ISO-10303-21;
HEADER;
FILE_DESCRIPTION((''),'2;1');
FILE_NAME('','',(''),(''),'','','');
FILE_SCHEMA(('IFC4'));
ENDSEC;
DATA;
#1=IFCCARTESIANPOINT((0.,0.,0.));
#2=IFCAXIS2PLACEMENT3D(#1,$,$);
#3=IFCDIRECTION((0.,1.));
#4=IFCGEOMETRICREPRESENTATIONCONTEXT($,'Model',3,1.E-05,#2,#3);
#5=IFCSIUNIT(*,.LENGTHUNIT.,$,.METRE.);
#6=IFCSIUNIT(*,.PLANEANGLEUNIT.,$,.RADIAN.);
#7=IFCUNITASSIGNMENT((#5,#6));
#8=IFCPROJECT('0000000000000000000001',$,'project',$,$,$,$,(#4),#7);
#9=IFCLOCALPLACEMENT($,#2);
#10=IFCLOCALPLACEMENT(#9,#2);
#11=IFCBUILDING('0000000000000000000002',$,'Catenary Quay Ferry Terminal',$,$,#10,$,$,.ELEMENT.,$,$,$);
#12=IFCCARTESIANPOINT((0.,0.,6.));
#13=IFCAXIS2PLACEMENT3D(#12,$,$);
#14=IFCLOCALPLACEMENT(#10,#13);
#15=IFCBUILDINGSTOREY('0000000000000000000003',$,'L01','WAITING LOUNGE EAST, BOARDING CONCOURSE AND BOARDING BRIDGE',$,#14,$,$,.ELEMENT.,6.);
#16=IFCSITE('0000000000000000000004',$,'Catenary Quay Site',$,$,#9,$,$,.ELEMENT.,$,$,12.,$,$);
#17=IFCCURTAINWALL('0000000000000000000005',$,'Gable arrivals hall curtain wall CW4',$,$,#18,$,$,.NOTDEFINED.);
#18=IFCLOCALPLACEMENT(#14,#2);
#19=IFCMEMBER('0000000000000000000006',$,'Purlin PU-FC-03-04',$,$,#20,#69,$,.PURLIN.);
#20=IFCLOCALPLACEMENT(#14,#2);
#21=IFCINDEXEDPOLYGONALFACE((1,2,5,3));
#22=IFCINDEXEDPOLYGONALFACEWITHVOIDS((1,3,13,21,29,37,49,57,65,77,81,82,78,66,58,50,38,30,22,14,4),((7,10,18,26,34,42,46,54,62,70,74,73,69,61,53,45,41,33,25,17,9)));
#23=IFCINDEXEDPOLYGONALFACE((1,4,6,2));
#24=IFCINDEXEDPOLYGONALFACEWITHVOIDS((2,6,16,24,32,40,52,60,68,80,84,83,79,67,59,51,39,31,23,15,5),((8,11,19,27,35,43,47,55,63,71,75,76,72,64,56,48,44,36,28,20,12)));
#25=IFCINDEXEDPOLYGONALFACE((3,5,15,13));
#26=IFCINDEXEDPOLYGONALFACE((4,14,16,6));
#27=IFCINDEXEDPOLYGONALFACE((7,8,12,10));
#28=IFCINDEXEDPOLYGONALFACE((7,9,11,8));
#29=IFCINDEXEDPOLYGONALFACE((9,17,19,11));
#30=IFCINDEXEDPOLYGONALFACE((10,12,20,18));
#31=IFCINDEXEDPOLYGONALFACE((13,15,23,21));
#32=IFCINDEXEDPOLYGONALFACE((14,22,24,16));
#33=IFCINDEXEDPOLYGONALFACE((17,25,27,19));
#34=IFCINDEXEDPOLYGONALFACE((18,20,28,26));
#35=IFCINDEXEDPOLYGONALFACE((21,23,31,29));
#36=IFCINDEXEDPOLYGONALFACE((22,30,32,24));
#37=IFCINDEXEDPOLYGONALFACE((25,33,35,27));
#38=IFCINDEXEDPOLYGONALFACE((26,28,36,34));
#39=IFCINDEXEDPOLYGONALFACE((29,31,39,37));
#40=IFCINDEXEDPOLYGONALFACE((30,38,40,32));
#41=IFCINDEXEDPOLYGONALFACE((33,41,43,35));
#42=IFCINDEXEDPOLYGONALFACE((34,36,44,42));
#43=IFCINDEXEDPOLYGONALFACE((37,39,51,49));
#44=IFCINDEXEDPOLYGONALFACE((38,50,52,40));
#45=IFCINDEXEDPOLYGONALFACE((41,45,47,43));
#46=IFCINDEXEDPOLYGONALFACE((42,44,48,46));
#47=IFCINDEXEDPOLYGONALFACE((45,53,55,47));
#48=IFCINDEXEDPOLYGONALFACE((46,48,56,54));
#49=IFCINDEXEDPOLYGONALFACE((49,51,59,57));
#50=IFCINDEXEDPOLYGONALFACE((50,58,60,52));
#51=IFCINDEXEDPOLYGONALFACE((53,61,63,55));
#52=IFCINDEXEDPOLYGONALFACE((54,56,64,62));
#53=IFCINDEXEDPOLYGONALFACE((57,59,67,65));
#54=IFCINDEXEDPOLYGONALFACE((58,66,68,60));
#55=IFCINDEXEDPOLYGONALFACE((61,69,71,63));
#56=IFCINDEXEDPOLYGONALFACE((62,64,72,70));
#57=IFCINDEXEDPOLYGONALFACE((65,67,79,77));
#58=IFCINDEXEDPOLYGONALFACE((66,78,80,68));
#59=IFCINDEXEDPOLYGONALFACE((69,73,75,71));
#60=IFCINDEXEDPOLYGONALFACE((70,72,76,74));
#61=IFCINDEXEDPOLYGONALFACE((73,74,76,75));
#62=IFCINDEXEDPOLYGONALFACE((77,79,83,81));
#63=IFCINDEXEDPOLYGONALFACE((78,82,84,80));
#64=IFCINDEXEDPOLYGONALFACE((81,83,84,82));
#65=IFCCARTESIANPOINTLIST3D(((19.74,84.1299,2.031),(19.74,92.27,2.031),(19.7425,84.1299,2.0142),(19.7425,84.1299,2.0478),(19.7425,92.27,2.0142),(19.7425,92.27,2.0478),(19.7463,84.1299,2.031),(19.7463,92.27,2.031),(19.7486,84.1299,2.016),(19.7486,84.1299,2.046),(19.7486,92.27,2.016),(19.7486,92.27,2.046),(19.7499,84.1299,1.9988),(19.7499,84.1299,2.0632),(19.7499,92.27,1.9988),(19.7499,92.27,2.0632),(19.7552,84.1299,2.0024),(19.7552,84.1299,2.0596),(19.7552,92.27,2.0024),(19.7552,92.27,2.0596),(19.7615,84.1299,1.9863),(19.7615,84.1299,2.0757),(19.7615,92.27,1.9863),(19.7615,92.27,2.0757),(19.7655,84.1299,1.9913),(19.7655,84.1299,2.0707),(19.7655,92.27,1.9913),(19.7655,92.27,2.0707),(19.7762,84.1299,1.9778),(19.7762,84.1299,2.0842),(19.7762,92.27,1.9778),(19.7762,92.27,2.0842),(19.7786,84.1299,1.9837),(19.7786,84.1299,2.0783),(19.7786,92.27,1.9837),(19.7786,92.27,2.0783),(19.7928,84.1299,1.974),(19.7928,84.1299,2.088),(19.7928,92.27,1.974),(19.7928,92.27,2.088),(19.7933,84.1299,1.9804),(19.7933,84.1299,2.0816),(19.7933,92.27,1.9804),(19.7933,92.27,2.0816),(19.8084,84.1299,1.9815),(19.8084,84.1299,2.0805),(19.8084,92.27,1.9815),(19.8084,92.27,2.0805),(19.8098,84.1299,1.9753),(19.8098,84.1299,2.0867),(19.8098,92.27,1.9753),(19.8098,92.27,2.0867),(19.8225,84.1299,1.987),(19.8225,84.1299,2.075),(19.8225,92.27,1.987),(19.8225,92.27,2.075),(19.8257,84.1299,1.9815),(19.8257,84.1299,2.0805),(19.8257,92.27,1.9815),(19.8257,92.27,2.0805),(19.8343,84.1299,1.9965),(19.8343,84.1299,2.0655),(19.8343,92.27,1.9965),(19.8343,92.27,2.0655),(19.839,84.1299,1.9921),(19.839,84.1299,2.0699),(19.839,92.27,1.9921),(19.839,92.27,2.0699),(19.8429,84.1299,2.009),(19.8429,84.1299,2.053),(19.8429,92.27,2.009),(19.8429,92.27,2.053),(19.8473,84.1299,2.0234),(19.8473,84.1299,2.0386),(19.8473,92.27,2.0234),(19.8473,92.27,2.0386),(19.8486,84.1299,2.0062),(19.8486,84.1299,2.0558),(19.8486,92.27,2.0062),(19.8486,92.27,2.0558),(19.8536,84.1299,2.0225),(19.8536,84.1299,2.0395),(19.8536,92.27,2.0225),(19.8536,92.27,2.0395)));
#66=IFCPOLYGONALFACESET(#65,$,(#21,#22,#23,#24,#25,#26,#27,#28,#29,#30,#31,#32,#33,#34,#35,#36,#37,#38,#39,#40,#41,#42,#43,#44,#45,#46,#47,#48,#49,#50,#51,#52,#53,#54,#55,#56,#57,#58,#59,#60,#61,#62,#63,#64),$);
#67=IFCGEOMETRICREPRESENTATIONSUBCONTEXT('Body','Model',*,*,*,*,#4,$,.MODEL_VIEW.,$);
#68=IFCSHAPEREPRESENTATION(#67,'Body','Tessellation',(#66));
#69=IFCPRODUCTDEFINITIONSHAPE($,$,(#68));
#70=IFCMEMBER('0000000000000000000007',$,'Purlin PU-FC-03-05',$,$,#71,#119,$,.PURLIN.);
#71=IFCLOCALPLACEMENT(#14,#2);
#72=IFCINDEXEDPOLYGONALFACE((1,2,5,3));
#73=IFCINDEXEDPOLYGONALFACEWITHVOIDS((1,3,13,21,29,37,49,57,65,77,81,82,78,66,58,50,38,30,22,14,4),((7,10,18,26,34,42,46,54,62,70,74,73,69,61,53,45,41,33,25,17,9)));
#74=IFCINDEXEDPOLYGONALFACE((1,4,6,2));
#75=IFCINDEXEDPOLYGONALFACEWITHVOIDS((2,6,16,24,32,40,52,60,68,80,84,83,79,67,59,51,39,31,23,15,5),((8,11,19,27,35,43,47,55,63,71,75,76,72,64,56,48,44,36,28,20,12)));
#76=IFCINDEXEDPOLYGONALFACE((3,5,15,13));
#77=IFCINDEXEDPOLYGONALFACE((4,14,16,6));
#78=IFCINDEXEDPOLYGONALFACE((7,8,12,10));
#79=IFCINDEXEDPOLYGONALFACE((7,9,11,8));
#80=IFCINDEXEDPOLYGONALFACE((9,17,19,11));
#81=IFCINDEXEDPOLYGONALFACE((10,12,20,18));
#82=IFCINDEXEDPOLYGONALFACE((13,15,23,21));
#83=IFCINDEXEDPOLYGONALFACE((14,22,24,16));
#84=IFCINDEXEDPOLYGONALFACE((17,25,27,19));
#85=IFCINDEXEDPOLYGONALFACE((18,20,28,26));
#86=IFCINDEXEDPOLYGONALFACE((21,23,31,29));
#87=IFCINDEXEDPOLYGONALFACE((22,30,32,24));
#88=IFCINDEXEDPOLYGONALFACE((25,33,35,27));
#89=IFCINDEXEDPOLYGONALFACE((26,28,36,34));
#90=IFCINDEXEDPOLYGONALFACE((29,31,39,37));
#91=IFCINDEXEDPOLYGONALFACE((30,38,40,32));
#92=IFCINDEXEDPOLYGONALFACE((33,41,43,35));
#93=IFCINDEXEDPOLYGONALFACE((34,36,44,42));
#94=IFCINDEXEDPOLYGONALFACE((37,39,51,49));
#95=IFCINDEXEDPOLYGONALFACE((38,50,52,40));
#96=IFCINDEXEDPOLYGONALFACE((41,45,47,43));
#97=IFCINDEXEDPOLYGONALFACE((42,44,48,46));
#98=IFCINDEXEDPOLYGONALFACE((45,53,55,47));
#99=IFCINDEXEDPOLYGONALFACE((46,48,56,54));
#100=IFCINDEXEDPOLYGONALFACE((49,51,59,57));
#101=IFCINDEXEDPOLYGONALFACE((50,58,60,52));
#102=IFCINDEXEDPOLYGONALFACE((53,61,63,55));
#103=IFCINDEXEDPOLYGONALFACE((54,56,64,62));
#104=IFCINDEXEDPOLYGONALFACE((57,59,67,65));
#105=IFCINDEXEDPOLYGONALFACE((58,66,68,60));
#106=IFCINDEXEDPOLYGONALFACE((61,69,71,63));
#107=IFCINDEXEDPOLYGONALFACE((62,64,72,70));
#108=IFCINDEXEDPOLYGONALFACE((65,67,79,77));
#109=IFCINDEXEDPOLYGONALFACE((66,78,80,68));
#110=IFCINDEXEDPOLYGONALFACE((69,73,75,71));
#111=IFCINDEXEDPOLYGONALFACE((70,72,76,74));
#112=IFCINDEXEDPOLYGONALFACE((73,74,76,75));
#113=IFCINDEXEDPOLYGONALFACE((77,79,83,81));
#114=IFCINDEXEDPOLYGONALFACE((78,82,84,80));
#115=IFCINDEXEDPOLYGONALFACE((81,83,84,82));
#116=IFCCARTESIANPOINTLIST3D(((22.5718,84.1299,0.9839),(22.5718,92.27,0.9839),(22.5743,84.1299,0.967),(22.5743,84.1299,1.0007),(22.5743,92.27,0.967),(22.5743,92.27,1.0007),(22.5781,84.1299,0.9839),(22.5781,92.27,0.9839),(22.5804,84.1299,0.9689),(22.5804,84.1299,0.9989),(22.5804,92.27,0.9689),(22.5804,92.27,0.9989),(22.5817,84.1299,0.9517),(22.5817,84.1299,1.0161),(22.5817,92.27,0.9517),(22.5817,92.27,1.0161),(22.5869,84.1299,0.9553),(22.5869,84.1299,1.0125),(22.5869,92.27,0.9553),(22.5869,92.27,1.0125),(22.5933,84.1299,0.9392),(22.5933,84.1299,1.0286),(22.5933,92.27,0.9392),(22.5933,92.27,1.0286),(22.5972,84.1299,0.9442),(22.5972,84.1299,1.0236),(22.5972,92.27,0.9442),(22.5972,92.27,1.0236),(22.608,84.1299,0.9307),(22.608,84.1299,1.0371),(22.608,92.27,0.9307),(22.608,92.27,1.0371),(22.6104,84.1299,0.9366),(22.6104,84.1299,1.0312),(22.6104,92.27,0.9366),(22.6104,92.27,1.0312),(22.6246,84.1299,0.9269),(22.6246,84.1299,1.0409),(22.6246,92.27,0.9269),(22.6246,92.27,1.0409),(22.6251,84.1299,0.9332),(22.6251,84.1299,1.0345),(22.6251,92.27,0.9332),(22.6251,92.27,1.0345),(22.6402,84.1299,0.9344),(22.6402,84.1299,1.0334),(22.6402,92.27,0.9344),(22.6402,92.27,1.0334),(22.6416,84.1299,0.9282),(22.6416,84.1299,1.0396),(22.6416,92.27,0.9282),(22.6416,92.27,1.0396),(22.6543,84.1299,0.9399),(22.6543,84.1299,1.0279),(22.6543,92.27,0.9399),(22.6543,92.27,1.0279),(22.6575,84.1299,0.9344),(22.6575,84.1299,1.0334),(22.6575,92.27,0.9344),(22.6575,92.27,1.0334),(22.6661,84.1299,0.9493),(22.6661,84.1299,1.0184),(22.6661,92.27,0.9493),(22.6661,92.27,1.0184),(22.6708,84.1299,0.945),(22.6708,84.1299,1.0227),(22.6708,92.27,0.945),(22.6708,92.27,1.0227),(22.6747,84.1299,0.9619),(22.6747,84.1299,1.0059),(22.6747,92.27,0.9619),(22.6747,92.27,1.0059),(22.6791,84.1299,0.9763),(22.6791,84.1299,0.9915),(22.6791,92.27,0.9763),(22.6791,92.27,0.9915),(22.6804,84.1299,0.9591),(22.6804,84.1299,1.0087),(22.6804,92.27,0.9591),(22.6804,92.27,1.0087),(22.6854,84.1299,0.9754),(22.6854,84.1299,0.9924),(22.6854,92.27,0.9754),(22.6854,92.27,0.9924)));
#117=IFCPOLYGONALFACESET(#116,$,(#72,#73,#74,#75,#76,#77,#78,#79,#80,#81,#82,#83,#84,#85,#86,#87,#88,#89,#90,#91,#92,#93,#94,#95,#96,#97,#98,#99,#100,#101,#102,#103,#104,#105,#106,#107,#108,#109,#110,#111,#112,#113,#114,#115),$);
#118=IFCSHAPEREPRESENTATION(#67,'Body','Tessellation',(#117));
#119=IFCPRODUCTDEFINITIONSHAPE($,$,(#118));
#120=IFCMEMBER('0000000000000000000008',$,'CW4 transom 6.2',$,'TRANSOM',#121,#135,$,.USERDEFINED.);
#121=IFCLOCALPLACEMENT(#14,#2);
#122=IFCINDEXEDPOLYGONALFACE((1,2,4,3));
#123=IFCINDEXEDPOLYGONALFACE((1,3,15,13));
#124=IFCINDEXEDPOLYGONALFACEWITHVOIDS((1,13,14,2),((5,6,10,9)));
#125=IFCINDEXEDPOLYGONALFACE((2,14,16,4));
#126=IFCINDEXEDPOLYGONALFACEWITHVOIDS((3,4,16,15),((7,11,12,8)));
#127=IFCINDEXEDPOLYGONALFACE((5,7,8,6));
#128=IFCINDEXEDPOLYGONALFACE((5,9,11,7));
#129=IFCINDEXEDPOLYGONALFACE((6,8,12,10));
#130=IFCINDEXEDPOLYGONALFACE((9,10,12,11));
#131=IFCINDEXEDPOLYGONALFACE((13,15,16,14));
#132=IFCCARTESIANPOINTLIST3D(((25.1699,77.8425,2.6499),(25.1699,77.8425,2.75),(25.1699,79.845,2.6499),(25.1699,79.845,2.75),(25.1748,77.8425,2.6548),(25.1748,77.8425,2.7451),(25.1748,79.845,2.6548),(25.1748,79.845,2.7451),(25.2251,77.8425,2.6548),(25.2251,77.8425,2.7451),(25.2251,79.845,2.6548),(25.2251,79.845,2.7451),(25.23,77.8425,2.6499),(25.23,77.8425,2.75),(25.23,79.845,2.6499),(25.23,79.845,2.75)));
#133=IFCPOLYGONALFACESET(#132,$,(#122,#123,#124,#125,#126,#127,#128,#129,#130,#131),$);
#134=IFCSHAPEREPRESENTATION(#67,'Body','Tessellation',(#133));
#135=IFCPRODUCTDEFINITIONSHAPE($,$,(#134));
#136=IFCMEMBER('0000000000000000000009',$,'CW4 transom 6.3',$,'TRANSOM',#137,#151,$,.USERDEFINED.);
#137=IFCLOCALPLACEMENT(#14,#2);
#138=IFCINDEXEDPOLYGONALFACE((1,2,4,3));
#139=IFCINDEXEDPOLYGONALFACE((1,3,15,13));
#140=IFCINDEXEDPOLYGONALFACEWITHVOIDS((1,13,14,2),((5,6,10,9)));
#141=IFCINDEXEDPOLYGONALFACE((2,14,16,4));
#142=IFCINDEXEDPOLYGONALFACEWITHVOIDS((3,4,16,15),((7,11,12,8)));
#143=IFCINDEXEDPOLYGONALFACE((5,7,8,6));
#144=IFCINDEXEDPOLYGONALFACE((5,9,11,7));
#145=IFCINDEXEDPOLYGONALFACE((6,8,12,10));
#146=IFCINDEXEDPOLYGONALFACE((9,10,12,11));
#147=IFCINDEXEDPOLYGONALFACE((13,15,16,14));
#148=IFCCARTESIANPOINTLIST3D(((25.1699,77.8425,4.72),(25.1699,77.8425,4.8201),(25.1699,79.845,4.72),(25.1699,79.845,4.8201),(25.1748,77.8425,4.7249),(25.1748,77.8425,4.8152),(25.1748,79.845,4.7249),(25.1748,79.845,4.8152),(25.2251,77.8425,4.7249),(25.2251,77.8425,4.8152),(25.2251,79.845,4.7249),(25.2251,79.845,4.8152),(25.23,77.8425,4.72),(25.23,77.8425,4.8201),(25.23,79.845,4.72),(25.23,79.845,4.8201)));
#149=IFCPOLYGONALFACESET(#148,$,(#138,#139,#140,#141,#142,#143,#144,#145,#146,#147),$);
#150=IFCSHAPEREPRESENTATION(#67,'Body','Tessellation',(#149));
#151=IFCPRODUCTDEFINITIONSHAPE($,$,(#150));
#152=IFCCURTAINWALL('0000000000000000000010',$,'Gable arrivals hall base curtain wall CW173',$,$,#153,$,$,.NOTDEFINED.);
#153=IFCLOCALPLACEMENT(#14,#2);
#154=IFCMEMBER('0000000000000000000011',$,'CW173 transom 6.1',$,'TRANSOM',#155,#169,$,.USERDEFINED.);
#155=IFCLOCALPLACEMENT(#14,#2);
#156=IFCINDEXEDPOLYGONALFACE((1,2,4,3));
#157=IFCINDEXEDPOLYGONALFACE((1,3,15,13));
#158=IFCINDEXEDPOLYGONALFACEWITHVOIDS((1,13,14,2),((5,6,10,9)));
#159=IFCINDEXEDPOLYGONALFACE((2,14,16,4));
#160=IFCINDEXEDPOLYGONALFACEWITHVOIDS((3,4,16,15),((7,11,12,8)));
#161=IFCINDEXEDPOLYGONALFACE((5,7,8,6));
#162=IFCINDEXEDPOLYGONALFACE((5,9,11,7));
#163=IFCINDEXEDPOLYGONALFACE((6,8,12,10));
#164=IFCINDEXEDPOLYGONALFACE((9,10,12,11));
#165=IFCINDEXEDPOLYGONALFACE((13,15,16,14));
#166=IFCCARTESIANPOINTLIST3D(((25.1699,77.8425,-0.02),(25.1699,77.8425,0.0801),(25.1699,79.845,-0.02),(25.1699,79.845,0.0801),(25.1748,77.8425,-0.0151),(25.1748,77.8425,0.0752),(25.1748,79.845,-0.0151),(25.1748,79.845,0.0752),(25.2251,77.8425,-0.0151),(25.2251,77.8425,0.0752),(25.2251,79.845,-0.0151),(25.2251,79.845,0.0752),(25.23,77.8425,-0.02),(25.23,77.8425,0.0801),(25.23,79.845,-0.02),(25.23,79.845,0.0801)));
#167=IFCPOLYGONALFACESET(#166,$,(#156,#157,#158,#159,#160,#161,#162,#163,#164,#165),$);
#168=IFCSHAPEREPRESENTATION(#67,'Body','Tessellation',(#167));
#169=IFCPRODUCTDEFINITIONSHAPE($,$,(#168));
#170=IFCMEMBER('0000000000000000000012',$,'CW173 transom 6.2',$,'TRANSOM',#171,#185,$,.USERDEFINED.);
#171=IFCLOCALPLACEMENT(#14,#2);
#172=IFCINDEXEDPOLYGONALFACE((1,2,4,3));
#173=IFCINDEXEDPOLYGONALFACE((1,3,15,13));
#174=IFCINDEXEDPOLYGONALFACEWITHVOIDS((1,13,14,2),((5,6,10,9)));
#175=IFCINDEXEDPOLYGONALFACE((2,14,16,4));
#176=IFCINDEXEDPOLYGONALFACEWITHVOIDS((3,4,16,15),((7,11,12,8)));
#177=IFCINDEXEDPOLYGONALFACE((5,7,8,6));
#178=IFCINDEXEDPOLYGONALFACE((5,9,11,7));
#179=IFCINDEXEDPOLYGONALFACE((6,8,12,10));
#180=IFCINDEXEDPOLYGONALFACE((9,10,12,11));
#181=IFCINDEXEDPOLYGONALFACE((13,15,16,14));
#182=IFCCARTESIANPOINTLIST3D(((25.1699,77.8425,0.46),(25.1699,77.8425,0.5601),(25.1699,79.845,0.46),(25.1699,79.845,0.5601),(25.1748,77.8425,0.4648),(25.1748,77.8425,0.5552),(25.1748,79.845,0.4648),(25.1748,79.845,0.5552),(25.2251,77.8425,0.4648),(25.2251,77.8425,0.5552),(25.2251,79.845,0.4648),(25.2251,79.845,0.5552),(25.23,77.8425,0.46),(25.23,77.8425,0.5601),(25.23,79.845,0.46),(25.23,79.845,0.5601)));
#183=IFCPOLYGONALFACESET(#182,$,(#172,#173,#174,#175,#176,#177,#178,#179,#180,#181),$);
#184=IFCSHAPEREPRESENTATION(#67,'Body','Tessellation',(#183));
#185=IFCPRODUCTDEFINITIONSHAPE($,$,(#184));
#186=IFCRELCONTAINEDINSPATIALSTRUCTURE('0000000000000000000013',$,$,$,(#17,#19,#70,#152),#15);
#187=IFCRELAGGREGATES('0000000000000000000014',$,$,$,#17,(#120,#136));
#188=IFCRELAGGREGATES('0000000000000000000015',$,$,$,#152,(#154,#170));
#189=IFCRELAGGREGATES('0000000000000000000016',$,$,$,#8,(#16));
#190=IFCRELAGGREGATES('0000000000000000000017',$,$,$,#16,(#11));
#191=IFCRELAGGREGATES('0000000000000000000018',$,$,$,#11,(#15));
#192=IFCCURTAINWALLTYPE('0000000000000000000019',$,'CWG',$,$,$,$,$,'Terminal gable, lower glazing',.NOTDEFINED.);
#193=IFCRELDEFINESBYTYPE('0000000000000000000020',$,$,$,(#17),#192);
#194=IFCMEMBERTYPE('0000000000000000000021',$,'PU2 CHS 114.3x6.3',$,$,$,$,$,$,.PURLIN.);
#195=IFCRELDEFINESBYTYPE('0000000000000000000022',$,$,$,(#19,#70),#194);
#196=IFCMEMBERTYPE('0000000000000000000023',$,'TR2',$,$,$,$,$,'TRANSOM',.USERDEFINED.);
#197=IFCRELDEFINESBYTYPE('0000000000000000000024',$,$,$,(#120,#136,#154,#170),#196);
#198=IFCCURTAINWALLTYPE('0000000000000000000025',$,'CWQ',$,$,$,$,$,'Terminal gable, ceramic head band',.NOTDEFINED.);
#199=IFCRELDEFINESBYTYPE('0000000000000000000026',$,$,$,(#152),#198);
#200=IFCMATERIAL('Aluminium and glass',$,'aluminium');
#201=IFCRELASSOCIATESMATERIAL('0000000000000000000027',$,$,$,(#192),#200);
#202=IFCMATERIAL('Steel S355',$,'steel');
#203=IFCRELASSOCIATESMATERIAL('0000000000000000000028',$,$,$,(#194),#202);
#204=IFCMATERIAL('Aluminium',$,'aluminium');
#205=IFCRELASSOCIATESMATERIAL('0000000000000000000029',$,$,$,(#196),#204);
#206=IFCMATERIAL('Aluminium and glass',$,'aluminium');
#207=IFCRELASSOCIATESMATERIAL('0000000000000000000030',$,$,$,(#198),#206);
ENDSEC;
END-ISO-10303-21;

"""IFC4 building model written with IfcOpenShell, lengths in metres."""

from ifc_helpers import new_model, si_unit, direction, frame, origin, origin_2d, place, context, subcontext, project, spatial, hollow_rectangle, hollow_circle, extrude, material, material_profile, profile_set, type_object, element, aggregate, save


model = new_model("IFC4")

# Units and contexts
model_context = context("Model", 3, precision=1e-05, world=origin(), true_north=direction((0.0, 1.0)))
body_context = subcontext(model_context, "Body", "Model", "MODEL_VIEW")
ifc_project = project(units=[si_unit("LENGTHUNIT", "METRE"), si_unit("PLANEANGLEUNIT", "RADIAN")], contexts=[model_context])

# Site, building, storey
site_placement = place(None, origin())
site = spatial("IfcSite", under=ifc_project, at=site_placement, Name="Catenary Quay Site", CompositionType="ELEMENT", RefElevation=12.0)
building_placement = place(site_placement, origin())
building = spatial("IfcBuilding", under=site, at=building_placement, Name="Catenary Quay Ferry Terminal", CompositionType="ELEMENT")
storey_placement = place(building_placement, frame((0.0, 0.0, 6.0)))
storey = spatial("IfcBuildingStorey", under=building, at=storey_placement, Name="L01", Description="WAITING LOUNGE EAST, BOARDING CONCOURSE AND BOARDING BRIDGE", CompositionType="ELEMENT", Elevation=6.0)

# Curtain wall
ifc_material_1 = material(Name="Aluminium and glass", Category="aluminium")
curtain_wall_type_1 = type_object("IfcCurtainWallType", Name="CWG", ElementType="Terminal gable, lower glazing", PredefinedType="NOTDEFINED", material=ifc_material_1)
curtain_wall_1_placement = place(storey_placement, origin())
curtain_wall_1 = element("IfcCurtainWall", 1, at=curtain_wall_1_placement, inside=storey, type_object=curtain_wall_type_1, Name="Gable arrivals hall curtain wall CW4", PredefinedType="NOTDEFINED")

# Members
ifc_material_2 = material(Name="Steel S355", Category="steel")
ifc_material_profile_1 = material_profile(ifc_material_2, hollow_circle(Radius=0.0571, WallThickness=0.0063, at=origin_2d()), Name="CHS 114.3x6.3")
ifc_profile_set_1 = profile_set([ifc_material_profile_1], Name="Steel S355")
member_type_1 = type_object("IfcMemberType", Name="PU2 CHS 114.3x6.3", PredefinedType="PURLIN", material=ifc_profile_set_1)
for number, where, z_axis, x_axis, name in (
    (2, (19.7971, 84.1299, 2.031), (0.0, 1.0, 0.0), (-1.0, 0.0, 0.0), "Purlin PU-FC-03-04"),
    (3, (22.6289, 84.1299, 0.9839), (0.0, 1.0, 0.0), (-1.0, 0.0, 0.0), "Purlin PU-FC-03-05"),
):
    element("IfcMember", number, at=place(storey_placement, frame(where, z_axis=z_axis, x_axis=x_axis)), inside=storey, type_object=member_type_1, Name=name, PredefinedType="PURLIN", context=body_context, shape_type="SweptSolid", body=[
        extrude(hollow_circle(Radius=0.0571, WallThickness=0.0063, at=origin_2d()), origin(), (0.0, 0.0, 1.0), 8.1401),
    ])

# Members
ifc_material_3 = material(Name="Aluminium", Category="aluminium")
ifc_material_profile_2 = material_profile(ifc_material_3, hollow_rectangle(XDim=0.0601, YDim=0.1001, WallThickness=0.0049, at=origin_2d()), Name="TR2")
ifc_profile_set_2 = profile_set([ifc_material_profile_2], Name="Aluminium")
member_type_2 = type_object("IfcMemberType", Name="TR2", ElementType="TRANSOM", PredefinedType="USERDEFINED", material=ifc_profile_set_2)
member_1_placement = place(storey_placement, frame((25.2, 77.8425, 2.7), z_axis=(0.0, 1.0, 0.0), x_axis=(-1.0, 0.0, 0.0)))
member_1 = element("IfcMember", 4, at=member_1_placement, type_object=member_type_2, Name="CW4 transom 6.2", ObjectType="TRANSOM", PredefinedType="USERDEFINED", context=body_context, shape_type="SweptSolid", body=[
    extrude(hollow_rectangle(XDim=0.0601, YDim=0.1001, WallThickness=0.0049, at=origin_2d()), origin(), (0.0, 0.0, 1.0), 2.0024),
])
member_2_placement = place(storey_placement, frame((25.2, 77.8425, 4.77), z_axis=(0.0, 1.0, 0.0), x_axis=(-1.0, 0.0, 0.0)))
member_2 = element("IfcMember", 5, at=member_2_placement, type_object=member_type_2, Name="CW4 transom 6.3", ObjectType="TRANSOM", PredefinedType="USERDEFINED", context=body_context, shape_type="SweptSolid", body=[
    extrude(hollow_rectangle(XDim=0.0601, YDim=0.1001, WallThickness=0.0049, at=origin_2d()), origin(), (0.0, 0.0, 1.0), 2.0024),
])

# Curtain wall, members
ifc_material_4 = material(Name="Aluminium and glass", Category="aluminium")
curtain_wall_type_2 = type_object("IfcCurtainWallType", Name="CWQ", ElementType="Terminal gable, ceramic head band", PredefinedType="NOTDEFINED", material=ifc_material_4)
curtain_wall_2_placement = place(storey_placement, origin())
curtain_wall_2 = element("IfcCurtainWall", 6, at=curtain_wall_2_placement, inside=storey, type_object=curtain_wall_type_2, Name="Gable arrivals hall base curtain wall CW173", PredefinedType="NOTDEFINED")
member_3_placement = place(storey_placement, frame((25.2, 77.8425, 0.03), z_axis=(0.0, 1.0, 0.0), x_axis=(-1.0, 0.0, 0.0)))
member_3 = element("IfcMember", 7, at=member_3_placement, type_object=member_type_2, Name="CW173 transom 6.1", ObjectType="TRANSOM", PredefinedType="USERDEFINED", context=body_context, shape_type="SweptSolid", body=[
    extrude(hollow_rectangle(XDim=0.0601, YDim=0.1001, WallThickness=0.0049, at=origin_2d()), origin(), (0.0, 0.0, 1.0), 2.0024),
])
member_4_placement = place(storey_placement, frame((25.2, 77.8425, 0.51), z_axis=(0.0, 1.0, 0.0), x_axis=(-1.0, 0.0, 0.0)))
member_4 = element("IfcMember", 8, at=member_4_placement, type_object=member_type_2, Name="CW173 transom 6.2", ObjectType="TRANSOM", PredefinedType="USERDEFINED", context=body_context, shape_type="SweptSolid", body=[
    extrude(hollow_rectangle(XDim=0.0601, YDim=0.1001, WallThickness=0.0049, at=origin_2d()), origin(), (0.0, 0.0, 1.0), 2.0024),
])

aggregate(curtain_wall_1, [member_1, member_2])
aggregate(curtain_wall_2, [member_3, member_4])

save(model, "model.ifc")
